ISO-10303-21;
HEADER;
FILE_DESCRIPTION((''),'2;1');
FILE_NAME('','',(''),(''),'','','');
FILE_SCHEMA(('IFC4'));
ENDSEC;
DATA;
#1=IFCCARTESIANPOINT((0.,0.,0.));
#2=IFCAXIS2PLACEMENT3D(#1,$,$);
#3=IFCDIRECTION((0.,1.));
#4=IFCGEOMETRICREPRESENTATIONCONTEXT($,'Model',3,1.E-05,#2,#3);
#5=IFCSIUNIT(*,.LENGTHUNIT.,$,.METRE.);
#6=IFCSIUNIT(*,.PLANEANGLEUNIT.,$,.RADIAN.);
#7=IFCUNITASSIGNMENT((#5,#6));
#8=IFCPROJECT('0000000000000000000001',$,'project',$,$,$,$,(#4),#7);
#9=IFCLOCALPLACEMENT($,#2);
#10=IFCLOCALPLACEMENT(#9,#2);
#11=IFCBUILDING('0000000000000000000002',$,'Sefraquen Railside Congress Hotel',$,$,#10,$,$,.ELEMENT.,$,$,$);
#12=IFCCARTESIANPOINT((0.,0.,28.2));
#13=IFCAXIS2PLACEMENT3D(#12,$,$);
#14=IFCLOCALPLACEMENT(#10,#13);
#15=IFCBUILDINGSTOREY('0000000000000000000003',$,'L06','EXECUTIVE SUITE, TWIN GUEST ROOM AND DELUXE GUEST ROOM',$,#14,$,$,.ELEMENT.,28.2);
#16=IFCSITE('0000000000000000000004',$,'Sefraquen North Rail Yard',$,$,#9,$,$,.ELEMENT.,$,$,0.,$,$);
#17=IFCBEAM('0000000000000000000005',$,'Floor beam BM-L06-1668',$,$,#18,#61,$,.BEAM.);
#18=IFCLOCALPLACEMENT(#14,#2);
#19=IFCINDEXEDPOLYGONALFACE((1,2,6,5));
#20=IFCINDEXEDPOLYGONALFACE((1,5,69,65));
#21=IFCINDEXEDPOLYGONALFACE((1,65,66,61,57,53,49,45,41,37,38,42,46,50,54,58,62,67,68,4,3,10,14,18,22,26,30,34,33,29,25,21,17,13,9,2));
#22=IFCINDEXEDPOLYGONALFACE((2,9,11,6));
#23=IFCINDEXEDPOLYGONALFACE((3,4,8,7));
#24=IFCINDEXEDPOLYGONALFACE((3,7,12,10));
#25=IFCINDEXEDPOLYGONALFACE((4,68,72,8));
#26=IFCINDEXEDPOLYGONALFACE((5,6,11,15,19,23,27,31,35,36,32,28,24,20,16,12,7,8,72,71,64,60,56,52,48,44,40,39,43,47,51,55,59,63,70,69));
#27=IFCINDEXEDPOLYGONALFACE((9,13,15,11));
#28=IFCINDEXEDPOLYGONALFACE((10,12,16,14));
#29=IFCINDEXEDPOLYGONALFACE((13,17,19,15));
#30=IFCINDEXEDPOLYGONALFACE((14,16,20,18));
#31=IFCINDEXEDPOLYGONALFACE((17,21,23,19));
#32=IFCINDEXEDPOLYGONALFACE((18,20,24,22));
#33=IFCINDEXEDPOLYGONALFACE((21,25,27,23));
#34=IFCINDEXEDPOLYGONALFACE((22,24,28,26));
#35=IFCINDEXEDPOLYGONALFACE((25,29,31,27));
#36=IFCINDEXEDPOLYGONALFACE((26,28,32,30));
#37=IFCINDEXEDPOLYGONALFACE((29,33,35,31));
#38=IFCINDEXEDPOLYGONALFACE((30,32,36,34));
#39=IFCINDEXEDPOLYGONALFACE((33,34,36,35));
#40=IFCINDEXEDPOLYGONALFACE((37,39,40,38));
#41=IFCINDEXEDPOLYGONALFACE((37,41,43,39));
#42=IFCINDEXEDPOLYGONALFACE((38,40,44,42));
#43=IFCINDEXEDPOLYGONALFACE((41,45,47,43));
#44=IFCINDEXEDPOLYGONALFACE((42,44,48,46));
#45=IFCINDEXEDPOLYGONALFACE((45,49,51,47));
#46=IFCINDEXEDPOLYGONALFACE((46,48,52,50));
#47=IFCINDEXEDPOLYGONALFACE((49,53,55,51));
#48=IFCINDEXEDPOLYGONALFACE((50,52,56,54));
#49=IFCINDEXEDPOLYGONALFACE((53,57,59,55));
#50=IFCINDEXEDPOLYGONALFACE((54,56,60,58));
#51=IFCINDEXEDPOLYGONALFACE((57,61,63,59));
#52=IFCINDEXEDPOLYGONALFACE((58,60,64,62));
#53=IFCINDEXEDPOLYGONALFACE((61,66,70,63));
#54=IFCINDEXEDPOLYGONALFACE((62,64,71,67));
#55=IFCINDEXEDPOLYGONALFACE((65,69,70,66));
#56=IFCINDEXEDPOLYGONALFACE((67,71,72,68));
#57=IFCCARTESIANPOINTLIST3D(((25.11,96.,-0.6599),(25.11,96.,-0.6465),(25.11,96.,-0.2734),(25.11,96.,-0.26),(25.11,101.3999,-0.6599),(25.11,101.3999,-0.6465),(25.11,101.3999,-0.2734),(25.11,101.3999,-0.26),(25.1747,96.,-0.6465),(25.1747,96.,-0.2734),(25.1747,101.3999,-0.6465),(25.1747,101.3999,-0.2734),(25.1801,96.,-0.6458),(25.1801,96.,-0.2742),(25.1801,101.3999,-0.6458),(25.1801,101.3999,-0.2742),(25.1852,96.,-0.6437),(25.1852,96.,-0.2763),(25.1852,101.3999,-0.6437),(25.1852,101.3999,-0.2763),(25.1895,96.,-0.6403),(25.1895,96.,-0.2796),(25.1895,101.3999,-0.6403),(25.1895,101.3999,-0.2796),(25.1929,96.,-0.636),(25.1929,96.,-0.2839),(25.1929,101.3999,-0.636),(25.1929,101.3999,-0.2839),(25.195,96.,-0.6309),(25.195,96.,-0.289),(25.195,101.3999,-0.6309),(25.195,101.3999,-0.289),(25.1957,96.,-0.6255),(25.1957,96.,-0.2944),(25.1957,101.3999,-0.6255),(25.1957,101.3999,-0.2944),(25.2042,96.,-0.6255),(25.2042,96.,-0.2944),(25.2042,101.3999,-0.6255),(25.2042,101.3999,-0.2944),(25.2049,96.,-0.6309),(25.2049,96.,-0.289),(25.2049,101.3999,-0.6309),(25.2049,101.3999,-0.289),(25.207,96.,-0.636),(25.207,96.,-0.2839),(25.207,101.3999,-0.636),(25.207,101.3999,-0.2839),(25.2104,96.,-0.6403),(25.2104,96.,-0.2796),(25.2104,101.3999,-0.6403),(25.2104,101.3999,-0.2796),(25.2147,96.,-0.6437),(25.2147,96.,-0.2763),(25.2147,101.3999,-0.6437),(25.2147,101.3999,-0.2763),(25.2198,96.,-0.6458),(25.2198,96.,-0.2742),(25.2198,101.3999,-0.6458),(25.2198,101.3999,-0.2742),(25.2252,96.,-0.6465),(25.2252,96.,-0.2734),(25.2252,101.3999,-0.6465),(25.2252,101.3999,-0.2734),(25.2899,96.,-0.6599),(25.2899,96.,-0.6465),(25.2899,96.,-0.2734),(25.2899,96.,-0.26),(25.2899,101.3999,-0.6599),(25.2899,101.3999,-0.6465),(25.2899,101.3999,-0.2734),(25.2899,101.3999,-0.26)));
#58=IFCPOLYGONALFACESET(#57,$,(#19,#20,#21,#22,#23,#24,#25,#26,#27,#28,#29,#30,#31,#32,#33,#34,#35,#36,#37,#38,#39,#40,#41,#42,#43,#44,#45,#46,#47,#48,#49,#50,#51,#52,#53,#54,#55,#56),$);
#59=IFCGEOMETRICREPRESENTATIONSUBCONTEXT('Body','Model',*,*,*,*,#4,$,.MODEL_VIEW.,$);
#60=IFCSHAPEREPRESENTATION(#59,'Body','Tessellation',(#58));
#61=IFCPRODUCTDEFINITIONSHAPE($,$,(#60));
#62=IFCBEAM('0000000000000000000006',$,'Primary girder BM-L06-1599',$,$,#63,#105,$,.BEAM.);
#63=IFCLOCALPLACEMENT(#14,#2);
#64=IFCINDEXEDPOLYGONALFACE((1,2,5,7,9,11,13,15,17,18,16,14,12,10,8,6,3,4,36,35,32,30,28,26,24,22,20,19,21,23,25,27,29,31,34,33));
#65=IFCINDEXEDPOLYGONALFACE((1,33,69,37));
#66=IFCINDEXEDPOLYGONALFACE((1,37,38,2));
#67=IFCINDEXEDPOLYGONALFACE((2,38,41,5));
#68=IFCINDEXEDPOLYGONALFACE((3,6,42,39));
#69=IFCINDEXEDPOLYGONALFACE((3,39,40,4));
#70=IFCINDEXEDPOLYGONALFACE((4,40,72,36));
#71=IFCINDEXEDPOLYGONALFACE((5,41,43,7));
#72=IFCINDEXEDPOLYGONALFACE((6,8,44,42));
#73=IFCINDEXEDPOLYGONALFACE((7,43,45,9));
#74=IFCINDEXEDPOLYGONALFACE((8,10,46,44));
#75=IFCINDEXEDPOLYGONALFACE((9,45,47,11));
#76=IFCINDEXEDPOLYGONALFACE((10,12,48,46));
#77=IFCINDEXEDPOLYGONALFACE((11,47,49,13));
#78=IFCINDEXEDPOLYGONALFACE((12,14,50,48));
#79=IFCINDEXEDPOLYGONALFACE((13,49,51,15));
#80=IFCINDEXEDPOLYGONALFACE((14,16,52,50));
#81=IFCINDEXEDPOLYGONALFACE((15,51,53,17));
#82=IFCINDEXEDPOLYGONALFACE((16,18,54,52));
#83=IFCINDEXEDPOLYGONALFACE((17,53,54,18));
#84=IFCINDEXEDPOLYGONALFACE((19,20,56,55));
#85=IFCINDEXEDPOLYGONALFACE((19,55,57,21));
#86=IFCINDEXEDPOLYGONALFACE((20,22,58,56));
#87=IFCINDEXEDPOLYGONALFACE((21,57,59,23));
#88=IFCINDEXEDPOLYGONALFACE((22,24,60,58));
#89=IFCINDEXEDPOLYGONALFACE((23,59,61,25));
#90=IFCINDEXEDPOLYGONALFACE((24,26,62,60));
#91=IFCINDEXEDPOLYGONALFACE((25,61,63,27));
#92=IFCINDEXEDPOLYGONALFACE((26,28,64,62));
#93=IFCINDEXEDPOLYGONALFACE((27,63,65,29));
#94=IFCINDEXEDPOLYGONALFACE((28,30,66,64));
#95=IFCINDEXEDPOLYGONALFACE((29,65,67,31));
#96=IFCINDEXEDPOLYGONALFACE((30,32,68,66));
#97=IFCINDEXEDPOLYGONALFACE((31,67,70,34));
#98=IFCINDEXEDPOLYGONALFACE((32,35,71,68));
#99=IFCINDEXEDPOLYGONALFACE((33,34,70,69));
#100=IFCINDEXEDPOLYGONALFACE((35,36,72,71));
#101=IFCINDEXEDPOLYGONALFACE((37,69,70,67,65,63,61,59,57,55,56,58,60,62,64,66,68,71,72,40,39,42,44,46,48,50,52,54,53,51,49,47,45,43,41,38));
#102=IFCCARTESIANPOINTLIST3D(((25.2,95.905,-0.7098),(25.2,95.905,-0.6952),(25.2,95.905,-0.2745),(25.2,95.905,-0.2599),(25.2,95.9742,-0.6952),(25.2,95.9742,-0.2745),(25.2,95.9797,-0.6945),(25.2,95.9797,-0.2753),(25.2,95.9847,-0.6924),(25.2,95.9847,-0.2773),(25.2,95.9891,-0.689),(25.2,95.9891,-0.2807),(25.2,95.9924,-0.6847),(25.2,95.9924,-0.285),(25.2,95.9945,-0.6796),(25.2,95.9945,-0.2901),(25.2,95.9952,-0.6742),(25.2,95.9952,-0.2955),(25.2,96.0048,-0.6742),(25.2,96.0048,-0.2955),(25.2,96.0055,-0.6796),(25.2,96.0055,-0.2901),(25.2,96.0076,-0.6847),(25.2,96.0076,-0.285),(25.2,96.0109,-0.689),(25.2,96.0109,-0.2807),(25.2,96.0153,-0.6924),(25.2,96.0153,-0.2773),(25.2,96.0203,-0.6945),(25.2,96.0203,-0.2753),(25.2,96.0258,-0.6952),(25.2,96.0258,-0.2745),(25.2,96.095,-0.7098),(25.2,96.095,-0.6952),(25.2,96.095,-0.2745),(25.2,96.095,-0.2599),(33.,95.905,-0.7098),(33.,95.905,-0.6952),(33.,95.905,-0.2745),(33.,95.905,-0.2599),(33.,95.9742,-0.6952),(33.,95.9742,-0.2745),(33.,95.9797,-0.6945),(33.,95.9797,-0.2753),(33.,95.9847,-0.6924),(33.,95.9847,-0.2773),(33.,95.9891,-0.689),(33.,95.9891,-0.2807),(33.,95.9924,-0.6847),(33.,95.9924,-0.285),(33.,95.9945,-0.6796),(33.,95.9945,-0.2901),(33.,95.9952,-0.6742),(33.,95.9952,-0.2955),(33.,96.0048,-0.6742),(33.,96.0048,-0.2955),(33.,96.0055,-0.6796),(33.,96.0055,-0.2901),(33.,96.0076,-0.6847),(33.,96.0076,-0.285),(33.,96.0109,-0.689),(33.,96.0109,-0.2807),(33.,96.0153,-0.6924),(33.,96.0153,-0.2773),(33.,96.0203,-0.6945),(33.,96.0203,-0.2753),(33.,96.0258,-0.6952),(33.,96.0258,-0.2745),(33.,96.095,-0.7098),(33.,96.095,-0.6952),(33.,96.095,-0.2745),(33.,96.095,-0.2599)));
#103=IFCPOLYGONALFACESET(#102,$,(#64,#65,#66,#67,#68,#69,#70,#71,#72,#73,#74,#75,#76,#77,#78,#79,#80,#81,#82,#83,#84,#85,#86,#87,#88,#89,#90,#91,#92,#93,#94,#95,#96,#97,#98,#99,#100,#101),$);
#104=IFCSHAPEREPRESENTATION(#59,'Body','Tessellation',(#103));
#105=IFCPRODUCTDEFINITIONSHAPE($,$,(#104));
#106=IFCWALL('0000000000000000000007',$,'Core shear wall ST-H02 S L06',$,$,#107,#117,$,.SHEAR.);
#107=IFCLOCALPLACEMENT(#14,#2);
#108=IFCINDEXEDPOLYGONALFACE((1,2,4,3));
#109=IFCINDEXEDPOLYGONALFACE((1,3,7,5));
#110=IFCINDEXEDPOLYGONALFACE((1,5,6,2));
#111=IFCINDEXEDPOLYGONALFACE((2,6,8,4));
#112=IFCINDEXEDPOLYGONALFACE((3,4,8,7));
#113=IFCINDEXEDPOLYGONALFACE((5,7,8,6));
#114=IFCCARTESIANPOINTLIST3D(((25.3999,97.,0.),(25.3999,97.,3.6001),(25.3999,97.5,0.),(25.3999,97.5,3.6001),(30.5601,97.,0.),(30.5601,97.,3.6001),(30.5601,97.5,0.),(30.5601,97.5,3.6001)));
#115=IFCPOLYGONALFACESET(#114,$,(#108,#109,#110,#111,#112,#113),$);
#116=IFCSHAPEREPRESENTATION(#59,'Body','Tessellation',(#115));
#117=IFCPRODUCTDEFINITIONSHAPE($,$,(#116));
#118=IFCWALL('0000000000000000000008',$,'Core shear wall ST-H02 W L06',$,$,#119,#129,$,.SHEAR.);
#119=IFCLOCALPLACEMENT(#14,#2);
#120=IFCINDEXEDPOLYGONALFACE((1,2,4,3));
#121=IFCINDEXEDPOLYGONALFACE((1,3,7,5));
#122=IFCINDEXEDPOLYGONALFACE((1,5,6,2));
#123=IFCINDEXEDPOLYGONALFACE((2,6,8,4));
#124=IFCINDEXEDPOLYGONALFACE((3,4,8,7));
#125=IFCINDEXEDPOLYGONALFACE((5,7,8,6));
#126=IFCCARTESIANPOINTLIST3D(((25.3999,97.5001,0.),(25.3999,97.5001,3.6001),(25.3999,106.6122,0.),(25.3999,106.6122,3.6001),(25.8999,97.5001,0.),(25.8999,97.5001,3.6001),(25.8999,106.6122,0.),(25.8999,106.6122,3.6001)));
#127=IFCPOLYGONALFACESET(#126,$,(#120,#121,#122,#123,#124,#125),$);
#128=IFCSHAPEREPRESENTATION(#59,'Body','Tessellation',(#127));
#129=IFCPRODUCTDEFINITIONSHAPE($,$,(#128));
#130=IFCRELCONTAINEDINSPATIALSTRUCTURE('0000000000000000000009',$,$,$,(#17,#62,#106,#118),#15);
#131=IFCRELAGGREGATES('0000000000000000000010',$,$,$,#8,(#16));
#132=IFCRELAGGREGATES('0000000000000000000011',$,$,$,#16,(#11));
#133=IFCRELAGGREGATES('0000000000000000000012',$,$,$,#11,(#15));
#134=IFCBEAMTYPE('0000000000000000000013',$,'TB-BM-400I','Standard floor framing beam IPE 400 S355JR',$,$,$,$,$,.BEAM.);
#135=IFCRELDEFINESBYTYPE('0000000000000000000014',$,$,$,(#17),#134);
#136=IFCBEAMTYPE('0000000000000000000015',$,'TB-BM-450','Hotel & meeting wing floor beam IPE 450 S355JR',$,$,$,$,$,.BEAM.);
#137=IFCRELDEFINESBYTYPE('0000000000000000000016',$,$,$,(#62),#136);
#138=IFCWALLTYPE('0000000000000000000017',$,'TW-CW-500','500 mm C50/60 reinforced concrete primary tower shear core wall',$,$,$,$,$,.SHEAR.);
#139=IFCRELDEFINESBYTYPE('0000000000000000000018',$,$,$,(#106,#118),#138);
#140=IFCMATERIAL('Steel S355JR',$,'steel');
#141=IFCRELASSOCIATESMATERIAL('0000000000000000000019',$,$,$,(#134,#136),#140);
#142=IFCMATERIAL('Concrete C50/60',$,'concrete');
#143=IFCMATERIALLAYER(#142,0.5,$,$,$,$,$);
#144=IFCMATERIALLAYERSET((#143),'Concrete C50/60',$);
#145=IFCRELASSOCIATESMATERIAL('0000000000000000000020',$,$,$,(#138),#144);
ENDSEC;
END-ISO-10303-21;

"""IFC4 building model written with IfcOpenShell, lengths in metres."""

from ifc_helpers import new_model, si_unit, direction, frame, frame_2d, origin, origin_2d, place, context, subcontext, project, spatial, rectangle, i_section, extrude, material, layer, layer_set, material_profile, profile_set, type_object, element, save


model = new_model("IFC4")

# Units and contexts
model_context = context("Model", 3, precision=1e-05, world=origin(), true_north=direction((0.0, 1.0)))
body_context = subcontext(model_context, "Body", "Model", "MODEL_VIEW")
ifc_project = project(units=[si_unit("LENGTHUNIT", "METRE"), si_unit("PLANEANGLEUNIT", "RADIAN")], contexts=[model_context])

# Site, building, storey
site_placement = place(None, origin())
site = spatial("IfcSite", under=ifc_project, at=site_placement, Name="Sefraquen North Rail Yard", CompositionType="ELEMENT", RefElevation=0.0)
building_placement = place(site_placement, origin())
building = spatial("IfcBuilding", under=site, at=building_placement, Name="Sefraquen Railside Congress Hotel", CompositionType="ELEMENT")
storey_placement = place(building_placement, frame((0.0, 0.0, 28.2)))
storey = spatial("IfcBuildingStorey", under=building, at=storey_placement, Name="L06", Description="EXECUTIVE SUITE, TWIN GUEST ROOM AND DELUXE GUEST ROOM", CompositionType="ELEMENT", Elevation=28.2)

# Beams
ifc_material_1 = material(Name="Steel S355JR", Category="steel")
ifc_material_profile_1 = material_profile(ifc_material_1, i_section(OverallWidth=0.1799, OverallDepth=0.3999, WebThickness=0.0085, FlangeThickness=0.0134, FilletRadius=0.021, at=origin_2d()), Name="IPE 400")
ifc_profile_set_1 = profile_set([ifc_material_profile_1], Name="Steel S355JR")
beam_type_1 = type_object("IfcBeamType", Name="TB-BM-400I", Description="Standard floor framing beam IPE 400 S355JR", PredefinedType="BEAM", material=ifc_profile_set_1)
beam_1_placement = place(storey_placement, frame((25.2, 96.0, -0.46), z_axis=(0.0, 1.0, 0.0), x_axis=(-1.0, 0.0, 0.0)))
element("IfcBeam", 1, at=beam_1_placement, inside=storey, type_object=beam_type_1, Name="Floor beam BM-L06-1668", PredefinedType="BEAM", context=body_context, shape_type="SweptSolid", body=[
    extrude(i_section(OverallWidth=0.1799, OverallDepth=0.3999, WebThickness=0.0085, FlangeThickness=0.0134, FilletRadius=0.021, at=origin_2d()), origin(), (0.0, 0.0, 1.0), 5.3999),
])
ifc_material_profile_2 = material_profile(ifc_material_1, i_section(OverallWidth=0.1899, OverallDepth=0.45, WebThickness=0.0095, FlangeThickness=0.0146, FilletRadius=0.021, at=origin_2d()), Name="IPE 450")
ifc_profile_set_2 = profile_set([ifc_material_profile_2], Name="Steel S355JR")
beam_type_2 = type_object("IfcBeamType", Name="TB-BM-450", Description="Hotel & meeting wing floor beam IPE 450 S355JR", PredefinedType="BEAM", material=ifc_profile_set_2)
beam_2_placement = place(storey_placement, frame((25.2, 96.0, -0.4849), z_axis=(1.0, 0.0, 0.0), x_axis=(0.0, 1.0, 0.0)))
element("IfcBeam", 2, at=beam_2_placement, inside=storey, type_object=beam_type_2, Name="Primary girder BM-L06-1599", PredefinedType="BEAM", context=body_context, shape_type="SweptSolid", body=[
    extrude(i_section(OverallWidth=0.1899, OverallDepth=0.45, WebThickness=0.0095, FlangeThickness=0.0146, FilletRadius=0.021, at=origin_2d()), origin(), (0.0, 0.0, 1.0), 7.8),
])

# Walls
ifc_material_2 = material(Name="Concrete C50/60", Category="concrete")
ifc_layer_1 = layer(ifc_material_2, 0.5)
ifc_layer_set_1 = layer_set([ifc_layer_1], Name="Concrete C50/60")
wall_type_1 = type_object("IfcWallType", Name="TW-CW-500", Description="500 mm C50/60 reinforced concrete primary tower shear core wall", PredefinedType="SHEAR", material=ifc_layer_set_1)
wall_1_placement = place(storey_placement, frame((25.3999, 97.25, 0.0), z_axis=(0.0, 0.0, 1.0), x_axis=(1.0, 0.0, 0.0)))
element("IfcWall", 3, at=wall_1_placement, inside=storey, type_object=wall_type_1, Name="Core shear wall ST-H02 S L06", PredefinedType="SHEAR", context=body_context, shape_type="SweptSolid", body=[
    extrude(rectangle(XDim=5.1602, YDim=0.5, at=frame_2d((2.5801, 0.0))), origin(), (0.0, 0.0, 1.0), 3.6001),
])
wall_2_placement = place(storey_placement, frame((25.6499, 97.5, 0.0), z_axis=(0.0, 0.0, 1.0), x_axis=(0.0, 1.0, 0.0)))
element("IfcWall", 4, at=wall_2_placement, inside=storey, type_object=wall_type_1, Name="Core shear wall ST-H02 W L06", PredefinedType="SHEAR", context=body_context, shape_type="SweptSolid", body=[
    extrude(rectangle(XDim=9.1121, YDim=0.5, at=frame_2d((4.5562, 0.0))), origin(), (0.0, 0.0, 1.0), 3.6001),
])

save(model, "model.ifc")
